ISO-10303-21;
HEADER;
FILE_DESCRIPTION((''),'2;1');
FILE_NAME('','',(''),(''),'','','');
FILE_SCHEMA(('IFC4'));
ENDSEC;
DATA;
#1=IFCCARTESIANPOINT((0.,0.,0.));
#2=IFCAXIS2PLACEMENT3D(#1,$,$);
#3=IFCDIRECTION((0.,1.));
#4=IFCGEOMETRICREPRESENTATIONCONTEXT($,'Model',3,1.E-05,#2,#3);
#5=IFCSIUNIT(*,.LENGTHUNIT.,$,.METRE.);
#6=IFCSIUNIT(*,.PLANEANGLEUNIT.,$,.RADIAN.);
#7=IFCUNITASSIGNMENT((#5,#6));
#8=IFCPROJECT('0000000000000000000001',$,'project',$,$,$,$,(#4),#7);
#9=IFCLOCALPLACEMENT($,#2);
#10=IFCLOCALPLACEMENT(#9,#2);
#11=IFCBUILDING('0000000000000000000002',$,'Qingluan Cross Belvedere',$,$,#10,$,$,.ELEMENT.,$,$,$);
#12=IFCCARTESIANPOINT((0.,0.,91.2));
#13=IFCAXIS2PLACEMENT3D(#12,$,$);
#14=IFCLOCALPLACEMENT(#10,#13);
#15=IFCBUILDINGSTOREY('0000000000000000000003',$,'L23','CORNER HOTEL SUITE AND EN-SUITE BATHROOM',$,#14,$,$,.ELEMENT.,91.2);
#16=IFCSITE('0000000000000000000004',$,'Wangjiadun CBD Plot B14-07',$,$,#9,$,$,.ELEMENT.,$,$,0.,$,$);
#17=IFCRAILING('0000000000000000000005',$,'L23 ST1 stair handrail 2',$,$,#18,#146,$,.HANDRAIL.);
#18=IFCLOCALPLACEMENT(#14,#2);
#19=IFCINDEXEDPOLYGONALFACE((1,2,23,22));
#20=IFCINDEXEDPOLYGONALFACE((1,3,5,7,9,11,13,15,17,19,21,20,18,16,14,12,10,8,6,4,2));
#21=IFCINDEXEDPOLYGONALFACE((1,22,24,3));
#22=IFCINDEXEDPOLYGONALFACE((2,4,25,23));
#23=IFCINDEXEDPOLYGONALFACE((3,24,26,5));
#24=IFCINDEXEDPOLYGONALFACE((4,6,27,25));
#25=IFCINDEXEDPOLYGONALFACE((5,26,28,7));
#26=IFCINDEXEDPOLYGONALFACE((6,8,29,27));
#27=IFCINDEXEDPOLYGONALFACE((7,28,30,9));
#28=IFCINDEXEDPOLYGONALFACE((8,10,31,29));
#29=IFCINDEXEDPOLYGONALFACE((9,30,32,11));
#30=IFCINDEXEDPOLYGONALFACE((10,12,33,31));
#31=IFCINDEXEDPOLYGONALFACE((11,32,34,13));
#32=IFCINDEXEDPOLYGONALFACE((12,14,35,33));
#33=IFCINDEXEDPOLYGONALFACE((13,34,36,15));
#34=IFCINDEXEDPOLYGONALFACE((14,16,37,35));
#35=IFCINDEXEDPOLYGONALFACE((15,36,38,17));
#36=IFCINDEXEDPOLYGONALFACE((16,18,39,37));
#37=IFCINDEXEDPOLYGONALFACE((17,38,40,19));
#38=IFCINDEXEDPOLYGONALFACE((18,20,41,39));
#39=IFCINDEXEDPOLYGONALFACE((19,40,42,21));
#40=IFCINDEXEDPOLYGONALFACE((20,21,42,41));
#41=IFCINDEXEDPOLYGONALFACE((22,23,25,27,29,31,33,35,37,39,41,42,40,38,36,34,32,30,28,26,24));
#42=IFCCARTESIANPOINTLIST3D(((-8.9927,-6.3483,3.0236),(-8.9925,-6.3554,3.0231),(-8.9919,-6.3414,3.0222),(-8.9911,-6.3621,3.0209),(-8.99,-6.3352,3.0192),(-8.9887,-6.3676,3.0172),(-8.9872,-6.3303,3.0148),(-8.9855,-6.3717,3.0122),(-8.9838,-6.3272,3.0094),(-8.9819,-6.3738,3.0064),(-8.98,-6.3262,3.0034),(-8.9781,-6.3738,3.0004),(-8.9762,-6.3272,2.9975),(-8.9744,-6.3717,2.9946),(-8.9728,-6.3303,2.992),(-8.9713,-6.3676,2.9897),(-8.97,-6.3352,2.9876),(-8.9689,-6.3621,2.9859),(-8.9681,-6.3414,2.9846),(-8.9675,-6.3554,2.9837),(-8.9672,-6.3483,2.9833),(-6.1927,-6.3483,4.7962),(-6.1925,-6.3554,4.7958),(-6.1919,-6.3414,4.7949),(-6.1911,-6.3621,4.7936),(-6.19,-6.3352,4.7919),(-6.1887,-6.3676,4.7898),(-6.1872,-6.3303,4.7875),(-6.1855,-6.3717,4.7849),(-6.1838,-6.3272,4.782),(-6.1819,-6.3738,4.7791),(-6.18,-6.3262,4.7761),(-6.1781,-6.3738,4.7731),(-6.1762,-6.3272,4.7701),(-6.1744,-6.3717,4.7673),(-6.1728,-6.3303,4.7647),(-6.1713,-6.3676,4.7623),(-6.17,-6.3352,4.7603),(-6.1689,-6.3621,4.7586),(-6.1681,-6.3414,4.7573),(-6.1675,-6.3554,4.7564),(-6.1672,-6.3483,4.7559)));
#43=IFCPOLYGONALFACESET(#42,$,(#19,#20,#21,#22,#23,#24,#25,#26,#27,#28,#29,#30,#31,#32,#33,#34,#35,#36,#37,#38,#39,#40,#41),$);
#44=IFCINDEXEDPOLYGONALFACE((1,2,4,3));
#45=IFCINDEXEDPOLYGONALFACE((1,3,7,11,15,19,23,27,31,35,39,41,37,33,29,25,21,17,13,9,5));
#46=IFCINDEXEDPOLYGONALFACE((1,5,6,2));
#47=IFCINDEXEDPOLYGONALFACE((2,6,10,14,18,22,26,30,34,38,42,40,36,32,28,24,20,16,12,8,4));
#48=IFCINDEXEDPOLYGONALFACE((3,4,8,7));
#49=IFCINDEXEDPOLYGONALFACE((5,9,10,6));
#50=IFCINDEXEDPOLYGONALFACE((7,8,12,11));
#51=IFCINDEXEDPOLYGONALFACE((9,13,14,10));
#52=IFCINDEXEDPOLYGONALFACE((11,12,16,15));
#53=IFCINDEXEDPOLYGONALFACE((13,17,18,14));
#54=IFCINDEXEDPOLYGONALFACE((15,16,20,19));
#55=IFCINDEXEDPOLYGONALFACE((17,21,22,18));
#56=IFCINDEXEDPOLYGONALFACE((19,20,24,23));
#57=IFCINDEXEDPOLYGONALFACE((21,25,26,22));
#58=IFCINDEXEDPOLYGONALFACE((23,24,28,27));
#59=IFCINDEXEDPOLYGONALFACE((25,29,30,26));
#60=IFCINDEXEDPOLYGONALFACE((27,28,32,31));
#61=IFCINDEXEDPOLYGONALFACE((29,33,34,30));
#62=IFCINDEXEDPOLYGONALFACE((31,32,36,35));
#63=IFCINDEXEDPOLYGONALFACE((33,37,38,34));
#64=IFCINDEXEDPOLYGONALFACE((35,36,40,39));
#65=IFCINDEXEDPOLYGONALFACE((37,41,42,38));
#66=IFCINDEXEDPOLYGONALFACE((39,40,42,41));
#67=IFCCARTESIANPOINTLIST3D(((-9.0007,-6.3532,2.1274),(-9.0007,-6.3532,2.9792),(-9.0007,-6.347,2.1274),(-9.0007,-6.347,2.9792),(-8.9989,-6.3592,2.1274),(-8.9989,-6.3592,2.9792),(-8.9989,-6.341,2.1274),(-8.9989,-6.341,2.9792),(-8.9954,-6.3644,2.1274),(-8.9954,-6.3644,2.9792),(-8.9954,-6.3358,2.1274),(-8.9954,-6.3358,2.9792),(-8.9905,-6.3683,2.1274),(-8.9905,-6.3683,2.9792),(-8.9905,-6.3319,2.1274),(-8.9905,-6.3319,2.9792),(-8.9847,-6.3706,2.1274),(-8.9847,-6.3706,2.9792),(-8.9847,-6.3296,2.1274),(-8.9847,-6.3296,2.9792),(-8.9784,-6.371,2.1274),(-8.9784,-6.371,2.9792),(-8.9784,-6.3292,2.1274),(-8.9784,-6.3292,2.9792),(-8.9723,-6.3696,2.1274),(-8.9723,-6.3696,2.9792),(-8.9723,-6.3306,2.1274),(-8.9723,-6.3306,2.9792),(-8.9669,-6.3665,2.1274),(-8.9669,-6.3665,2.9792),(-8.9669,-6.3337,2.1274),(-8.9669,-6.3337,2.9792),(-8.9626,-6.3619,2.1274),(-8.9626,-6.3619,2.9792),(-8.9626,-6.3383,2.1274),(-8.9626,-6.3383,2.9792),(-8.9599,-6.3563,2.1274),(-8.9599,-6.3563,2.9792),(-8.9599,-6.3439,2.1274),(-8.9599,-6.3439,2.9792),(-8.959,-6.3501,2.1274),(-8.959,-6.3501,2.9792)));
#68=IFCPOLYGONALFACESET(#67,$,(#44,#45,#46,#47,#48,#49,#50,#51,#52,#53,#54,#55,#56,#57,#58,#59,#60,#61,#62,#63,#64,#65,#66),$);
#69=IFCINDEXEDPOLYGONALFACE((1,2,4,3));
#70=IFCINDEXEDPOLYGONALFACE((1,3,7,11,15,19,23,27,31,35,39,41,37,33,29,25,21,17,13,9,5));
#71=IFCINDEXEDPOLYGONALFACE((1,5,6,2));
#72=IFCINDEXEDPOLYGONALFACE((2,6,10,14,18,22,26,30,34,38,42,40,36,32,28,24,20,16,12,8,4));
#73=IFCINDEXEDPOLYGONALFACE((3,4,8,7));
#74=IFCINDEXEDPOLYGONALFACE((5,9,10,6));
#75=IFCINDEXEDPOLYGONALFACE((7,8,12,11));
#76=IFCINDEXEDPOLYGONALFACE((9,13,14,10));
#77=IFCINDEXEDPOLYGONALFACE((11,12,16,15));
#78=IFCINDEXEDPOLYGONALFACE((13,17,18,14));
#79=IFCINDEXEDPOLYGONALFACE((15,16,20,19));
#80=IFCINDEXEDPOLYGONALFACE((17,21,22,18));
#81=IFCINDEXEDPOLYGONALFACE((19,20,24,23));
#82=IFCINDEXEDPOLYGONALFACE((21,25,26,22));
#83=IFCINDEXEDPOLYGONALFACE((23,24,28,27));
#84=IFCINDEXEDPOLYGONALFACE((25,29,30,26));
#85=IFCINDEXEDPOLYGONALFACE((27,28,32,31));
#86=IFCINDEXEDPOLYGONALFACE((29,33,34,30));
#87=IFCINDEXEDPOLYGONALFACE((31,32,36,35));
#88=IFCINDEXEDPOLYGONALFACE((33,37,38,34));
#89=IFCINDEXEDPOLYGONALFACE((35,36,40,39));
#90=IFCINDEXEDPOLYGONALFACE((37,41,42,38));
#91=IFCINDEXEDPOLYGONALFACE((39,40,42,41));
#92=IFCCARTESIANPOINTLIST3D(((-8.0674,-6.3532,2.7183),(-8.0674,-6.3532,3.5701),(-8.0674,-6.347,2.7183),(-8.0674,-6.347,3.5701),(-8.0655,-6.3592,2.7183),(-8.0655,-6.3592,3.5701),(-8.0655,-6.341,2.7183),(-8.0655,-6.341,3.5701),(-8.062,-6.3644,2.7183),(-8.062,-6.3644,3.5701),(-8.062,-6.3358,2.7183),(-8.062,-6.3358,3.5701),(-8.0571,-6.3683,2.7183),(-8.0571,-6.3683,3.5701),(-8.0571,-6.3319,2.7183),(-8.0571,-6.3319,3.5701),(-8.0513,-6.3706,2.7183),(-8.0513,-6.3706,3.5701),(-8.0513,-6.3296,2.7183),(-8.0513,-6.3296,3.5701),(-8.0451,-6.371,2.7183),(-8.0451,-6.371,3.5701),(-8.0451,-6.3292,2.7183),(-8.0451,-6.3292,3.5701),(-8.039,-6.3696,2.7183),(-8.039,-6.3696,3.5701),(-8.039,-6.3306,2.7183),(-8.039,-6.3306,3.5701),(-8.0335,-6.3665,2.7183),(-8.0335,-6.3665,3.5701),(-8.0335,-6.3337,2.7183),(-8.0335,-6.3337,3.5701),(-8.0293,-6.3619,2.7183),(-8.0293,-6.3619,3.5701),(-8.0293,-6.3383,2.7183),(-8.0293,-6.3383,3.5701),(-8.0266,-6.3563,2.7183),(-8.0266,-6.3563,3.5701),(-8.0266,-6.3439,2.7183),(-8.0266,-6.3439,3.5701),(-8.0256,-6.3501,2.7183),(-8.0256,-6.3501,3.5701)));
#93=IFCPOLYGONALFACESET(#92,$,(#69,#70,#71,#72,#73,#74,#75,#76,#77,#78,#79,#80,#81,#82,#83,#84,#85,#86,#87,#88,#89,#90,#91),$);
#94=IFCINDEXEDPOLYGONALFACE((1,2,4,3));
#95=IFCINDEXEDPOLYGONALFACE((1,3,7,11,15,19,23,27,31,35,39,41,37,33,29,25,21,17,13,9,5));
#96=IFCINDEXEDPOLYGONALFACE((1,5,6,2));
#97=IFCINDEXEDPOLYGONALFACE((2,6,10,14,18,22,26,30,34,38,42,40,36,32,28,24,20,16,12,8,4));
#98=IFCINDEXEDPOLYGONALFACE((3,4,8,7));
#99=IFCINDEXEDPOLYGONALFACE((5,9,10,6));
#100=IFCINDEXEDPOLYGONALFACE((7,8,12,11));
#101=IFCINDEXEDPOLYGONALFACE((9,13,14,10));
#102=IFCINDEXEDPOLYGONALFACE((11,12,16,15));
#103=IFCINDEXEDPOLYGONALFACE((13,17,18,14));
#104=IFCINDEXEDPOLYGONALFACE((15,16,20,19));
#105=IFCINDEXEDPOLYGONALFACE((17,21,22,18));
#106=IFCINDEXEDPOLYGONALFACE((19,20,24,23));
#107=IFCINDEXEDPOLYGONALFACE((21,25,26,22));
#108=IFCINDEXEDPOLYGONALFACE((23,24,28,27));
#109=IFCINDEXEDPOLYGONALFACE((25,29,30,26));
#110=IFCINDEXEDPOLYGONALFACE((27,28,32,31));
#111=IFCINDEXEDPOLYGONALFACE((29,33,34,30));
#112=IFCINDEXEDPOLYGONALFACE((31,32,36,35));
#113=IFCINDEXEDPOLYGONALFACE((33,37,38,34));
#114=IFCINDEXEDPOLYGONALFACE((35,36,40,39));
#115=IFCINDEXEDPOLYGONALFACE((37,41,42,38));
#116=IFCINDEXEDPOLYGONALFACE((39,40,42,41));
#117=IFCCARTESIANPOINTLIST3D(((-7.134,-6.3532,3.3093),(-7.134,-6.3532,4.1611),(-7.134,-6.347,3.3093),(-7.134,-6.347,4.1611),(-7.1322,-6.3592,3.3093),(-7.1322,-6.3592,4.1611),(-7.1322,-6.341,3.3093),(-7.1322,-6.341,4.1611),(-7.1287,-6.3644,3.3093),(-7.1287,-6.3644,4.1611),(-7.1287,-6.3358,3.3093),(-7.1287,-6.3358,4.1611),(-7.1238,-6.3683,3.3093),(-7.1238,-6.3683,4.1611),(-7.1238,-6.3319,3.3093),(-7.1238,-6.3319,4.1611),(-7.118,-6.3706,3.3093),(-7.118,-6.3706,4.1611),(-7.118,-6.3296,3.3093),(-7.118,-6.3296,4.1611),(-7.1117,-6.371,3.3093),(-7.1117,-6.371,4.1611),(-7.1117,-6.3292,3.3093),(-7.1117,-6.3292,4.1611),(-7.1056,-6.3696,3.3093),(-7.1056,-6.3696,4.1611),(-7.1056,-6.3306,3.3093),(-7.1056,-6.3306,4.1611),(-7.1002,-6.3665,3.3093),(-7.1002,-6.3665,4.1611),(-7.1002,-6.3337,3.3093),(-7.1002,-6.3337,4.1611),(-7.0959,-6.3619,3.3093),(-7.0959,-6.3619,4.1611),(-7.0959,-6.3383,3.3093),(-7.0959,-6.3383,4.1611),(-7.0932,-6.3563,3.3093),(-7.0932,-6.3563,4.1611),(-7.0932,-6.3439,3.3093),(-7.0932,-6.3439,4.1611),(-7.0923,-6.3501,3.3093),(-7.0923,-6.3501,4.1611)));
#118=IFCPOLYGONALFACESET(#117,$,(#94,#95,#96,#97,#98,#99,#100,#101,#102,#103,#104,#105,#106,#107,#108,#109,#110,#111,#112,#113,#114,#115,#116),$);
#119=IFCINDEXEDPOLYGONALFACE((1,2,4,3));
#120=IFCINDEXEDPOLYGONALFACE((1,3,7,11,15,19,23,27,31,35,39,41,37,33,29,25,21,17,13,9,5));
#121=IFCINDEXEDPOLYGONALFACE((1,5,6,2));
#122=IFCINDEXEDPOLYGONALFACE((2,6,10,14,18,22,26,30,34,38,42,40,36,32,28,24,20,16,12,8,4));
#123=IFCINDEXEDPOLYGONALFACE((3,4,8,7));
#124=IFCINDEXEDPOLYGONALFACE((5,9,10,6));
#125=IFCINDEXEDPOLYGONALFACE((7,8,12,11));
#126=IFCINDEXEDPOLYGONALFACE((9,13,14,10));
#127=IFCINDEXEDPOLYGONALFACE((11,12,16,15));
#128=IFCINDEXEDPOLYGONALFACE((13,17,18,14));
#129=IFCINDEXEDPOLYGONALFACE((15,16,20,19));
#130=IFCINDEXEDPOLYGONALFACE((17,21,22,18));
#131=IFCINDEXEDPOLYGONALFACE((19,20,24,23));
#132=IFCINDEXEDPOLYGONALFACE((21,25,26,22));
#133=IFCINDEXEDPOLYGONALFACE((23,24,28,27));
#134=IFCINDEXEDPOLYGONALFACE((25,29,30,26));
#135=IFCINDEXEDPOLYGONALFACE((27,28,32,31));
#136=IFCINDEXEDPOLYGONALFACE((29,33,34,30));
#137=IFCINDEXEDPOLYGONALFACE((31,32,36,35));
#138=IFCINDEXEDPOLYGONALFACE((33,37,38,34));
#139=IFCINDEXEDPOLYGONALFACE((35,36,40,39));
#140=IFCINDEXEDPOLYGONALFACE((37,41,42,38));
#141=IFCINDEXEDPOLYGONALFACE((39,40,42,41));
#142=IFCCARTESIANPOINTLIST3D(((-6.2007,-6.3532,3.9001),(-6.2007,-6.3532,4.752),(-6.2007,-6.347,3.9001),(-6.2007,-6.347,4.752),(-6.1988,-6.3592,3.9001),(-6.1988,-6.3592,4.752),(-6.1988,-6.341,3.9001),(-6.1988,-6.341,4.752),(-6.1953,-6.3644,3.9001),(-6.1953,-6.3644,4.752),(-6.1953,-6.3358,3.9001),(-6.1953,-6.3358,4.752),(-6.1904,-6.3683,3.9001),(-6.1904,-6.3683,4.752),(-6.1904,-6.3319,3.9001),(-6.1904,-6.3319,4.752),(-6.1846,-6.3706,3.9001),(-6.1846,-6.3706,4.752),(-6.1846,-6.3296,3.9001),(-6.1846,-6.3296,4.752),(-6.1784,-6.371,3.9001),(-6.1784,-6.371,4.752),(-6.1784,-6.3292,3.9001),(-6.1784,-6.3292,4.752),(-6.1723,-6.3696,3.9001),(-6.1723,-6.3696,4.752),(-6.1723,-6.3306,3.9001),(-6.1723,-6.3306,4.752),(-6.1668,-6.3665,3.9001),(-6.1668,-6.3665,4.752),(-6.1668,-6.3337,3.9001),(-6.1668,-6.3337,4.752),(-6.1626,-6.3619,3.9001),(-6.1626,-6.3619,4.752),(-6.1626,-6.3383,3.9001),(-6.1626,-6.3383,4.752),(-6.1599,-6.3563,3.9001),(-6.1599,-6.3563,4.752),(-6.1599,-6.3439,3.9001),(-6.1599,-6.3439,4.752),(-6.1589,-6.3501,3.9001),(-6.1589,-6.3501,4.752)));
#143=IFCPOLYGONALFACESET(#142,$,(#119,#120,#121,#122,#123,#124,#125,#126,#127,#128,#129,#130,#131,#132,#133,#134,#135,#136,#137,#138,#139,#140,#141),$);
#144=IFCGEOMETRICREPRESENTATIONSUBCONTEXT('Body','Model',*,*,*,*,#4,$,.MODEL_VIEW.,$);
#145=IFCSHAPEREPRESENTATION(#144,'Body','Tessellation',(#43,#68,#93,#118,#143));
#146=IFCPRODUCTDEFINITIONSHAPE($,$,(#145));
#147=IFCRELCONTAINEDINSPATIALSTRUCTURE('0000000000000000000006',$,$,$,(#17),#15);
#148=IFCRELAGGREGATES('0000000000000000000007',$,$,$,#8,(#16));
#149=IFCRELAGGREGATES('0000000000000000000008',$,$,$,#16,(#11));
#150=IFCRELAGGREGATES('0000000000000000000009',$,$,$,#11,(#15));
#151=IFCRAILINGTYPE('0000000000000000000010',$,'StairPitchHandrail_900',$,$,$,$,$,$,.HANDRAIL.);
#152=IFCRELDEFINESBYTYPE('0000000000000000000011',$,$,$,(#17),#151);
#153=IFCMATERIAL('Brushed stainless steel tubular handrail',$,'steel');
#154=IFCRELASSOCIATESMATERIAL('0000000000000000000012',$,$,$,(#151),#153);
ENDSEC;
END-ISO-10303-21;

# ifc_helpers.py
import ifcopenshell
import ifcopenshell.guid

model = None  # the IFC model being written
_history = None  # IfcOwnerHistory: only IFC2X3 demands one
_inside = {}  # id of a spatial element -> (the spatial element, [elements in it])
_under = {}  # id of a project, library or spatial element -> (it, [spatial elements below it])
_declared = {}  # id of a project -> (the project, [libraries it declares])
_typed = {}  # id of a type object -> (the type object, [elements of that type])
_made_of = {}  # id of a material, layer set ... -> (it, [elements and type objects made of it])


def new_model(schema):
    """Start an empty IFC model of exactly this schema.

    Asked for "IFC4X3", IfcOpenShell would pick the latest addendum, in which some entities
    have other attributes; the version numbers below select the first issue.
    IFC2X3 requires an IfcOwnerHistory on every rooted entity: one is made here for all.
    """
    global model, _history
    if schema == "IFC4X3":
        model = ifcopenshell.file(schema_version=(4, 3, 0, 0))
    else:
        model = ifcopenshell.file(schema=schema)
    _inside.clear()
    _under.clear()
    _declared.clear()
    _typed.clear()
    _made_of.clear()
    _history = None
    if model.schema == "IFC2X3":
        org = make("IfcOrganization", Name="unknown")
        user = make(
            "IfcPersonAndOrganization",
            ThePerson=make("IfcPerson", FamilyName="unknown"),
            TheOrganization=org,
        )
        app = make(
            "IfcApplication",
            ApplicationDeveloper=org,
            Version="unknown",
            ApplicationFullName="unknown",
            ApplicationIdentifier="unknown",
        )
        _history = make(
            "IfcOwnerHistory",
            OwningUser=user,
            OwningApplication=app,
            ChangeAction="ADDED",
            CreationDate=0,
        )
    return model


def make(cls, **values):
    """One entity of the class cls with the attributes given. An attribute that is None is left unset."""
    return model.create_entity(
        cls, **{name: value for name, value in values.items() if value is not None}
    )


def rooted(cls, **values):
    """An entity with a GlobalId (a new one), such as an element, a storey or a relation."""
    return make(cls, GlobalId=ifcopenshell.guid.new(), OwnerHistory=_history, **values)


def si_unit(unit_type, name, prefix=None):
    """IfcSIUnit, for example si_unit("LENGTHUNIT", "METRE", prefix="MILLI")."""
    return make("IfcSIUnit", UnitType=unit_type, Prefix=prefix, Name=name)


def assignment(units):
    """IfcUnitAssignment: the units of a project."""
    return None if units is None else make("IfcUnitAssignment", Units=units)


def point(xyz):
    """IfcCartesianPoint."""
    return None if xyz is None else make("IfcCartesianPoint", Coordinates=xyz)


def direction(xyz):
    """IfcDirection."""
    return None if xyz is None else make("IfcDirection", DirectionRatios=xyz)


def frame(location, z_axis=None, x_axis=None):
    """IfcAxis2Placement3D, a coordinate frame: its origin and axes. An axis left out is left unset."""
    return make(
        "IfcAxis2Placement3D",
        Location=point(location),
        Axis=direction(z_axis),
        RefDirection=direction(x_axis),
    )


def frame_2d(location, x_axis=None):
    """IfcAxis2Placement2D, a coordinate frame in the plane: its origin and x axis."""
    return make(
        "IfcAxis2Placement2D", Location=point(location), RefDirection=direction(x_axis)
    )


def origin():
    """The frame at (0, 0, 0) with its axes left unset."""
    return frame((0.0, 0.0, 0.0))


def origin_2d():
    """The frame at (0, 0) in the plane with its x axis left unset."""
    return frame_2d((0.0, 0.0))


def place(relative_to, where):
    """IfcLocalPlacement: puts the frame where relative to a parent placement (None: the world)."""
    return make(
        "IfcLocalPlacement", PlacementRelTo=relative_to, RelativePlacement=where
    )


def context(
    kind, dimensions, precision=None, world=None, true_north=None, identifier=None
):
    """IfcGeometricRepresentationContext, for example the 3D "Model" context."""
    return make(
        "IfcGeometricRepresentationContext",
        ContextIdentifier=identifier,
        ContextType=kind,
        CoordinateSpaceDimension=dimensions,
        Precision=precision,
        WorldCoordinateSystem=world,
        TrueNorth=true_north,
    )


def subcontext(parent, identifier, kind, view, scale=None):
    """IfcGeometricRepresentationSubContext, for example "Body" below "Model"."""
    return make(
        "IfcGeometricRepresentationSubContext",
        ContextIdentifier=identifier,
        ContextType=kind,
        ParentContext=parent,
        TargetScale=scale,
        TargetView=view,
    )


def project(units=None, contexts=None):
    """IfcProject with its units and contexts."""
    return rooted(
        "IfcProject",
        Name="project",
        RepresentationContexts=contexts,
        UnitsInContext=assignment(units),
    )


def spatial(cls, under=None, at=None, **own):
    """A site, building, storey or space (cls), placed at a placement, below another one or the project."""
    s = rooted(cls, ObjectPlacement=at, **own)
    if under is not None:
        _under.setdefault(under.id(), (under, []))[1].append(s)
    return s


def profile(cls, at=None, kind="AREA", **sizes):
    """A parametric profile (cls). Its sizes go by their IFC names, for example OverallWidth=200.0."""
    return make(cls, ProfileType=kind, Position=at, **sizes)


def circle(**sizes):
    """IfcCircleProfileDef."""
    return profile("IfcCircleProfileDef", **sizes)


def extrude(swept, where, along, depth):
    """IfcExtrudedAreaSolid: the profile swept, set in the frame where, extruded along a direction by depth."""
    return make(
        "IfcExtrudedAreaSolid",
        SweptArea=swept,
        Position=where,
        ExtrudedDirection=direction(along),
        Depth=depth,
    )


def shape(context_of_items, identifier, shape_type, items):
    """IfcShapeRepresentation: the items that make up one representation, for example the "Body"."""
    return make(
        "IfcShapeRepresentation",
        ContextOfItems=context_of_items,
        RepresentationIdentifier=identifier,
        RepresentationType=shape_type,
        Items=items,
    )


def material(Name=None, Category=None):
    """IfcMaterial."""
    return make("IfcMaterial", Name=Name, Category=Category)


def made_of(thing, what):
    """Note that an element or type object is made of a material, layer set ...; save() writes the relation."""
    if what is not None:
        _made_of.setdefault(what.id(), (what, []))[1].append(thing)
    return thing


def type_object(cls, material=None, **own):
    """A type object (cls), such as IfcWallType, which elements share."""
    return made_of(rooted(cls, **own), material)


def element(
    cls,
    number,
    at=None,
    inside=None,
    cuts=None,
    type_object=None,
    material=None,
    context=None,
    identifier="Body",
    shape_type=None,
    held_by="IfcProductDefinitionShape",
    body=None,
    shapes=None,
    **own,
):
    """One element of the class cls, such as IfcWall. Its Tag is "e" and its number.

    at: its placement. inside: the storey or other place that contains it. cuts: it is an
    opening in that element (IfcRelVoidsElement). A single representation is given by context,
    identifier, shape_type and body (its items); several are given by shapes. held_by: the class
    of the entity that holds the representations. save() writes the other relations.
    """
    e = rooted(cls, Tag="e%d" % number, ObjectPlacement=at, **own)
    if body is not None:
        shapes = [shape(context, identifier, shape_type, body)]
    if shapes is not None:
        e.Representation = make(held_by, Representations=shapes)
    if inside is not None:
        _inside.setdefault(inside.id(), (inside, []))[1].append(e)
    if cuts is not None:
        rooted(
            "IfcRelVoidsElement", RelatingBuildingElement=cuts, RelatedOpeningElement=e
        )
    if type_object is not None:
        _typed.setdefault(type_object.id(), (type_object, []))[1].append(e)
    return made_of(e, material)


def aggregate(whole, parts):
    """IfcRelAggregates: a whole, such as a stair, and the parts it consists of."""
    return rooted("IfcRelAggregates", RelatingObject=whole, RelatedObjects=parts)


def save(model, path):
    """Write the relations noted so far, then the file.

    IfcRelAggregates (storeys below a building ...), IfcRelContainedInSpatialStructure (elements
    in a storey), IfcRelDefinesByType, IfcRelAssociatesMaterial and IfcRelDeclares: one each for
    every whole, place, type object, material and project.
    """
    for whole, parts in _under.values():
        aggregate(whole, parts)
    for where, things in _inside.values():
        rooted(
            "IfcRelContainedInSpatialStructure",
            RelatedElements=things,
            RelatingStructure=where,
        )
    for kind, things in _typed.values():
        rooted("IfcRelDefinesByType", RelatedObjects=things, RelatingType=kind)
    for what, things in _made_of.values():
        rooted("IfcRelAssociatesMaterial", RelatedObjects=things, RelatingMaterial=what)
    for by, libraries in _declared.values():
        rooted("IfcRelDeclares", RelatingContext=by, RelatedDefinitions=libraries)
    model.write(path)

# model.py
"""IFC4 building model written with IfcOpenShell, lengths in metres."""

from ifc_helpers import new_model, si_unit, direction, frame, origin, origin_2d, place, context, subcontext, project, spatial, circle, extrude, material, type_object, element, save


model = new_model("IFC4")

# Units and contexts
model_context = context("Model", 3, precision=1e-05, world=origin(), true_north=direction((0.0, 1.0)))
body_context = subcontext(model_context, "Body", "Model", "MODEL_VIEW")
ifc_project = project(units=[si_unit("LENGTHUNIT", "METRE"), si_unit("PLANEANGLEUNIT", "RADIAN")], contexts=[model_context])

# Site, building, storey
site_placement = place(None, origin())
site = spatial("IfcSite", under=ifc_project, at=site_placement, Name="Wangjiadun CBD Plot B14-07", CompositionType="ELEMENT", RefElevation=0.0)
building_placement = place(site_placement, origin())
building = spatial("IfcBuilding", under=site, at=building_placement, Name="Qingluan Cross Belvedere", CompositionType="ELEMENT")
storey_placement = place(building_placement, frame((0.0, 0.0, 91.2)))
storey = spatial("IfcBuildingStorey", under=building, at=storey_placement, Name="L23", Description="CORNER HOTEL SUITE AND EN-SUITE BATHROOM", CompositionType="ELEMENT", Elevation=91.2)

# Railing
ifc_material_1 = material(Name="Brushed stainless steel tubular handrail", Category="steel")
railing_type_1 = type_object("IfcRailingType", Name="StairPitchHandrail_900", PredefinedType="HANDRAIL", material=ifc_material_1)
railing_1_placement = place(storey_placement, frame((-8.98, -6.3501, 2.1274)))
element("IfcRailing", 1, at=railing_1_placement, inside=storey, type_object=railing_type_1, Name="L23 ST1 stair handrail 2", PredefinedType="HANDRAIL", context=body_context, shape_type="SweptSolid", body=[
    extrude(circle(Radius=0.0239, at=origin_2d()), frame((0.0, 0.0, 0.876), z_axis=(0.844909, 0.0, 0.53491), x_axis=(0.0, 1.0, 0.0)), (0.0, 0.0, 1.0), 3.314),
    extrude(circle(Radius=0.021, at=origin_2d()), origin(), (0.0, 0.0, 1.0), 0.8518),
    extrude(circle(Radius=0.021, at=origin_2d()), frame((0.9333, 0.0, 0.5908)), (0.0, 0.0, 1.0), 0.8518),
    extrude(circle(Radius=0.021, at=origin_2d()), frame((1.8667, 0.0, 1.1819)), (0.0, 0.0, 1.0), 0.8518),
    extrude(circle(Radius=0.021, at=origin_2d()), frame((2.8, 0.0, 1.7727)), (0.0, 0.0, 1.0), 0.8518),
])

save(model, "model.ifc")
